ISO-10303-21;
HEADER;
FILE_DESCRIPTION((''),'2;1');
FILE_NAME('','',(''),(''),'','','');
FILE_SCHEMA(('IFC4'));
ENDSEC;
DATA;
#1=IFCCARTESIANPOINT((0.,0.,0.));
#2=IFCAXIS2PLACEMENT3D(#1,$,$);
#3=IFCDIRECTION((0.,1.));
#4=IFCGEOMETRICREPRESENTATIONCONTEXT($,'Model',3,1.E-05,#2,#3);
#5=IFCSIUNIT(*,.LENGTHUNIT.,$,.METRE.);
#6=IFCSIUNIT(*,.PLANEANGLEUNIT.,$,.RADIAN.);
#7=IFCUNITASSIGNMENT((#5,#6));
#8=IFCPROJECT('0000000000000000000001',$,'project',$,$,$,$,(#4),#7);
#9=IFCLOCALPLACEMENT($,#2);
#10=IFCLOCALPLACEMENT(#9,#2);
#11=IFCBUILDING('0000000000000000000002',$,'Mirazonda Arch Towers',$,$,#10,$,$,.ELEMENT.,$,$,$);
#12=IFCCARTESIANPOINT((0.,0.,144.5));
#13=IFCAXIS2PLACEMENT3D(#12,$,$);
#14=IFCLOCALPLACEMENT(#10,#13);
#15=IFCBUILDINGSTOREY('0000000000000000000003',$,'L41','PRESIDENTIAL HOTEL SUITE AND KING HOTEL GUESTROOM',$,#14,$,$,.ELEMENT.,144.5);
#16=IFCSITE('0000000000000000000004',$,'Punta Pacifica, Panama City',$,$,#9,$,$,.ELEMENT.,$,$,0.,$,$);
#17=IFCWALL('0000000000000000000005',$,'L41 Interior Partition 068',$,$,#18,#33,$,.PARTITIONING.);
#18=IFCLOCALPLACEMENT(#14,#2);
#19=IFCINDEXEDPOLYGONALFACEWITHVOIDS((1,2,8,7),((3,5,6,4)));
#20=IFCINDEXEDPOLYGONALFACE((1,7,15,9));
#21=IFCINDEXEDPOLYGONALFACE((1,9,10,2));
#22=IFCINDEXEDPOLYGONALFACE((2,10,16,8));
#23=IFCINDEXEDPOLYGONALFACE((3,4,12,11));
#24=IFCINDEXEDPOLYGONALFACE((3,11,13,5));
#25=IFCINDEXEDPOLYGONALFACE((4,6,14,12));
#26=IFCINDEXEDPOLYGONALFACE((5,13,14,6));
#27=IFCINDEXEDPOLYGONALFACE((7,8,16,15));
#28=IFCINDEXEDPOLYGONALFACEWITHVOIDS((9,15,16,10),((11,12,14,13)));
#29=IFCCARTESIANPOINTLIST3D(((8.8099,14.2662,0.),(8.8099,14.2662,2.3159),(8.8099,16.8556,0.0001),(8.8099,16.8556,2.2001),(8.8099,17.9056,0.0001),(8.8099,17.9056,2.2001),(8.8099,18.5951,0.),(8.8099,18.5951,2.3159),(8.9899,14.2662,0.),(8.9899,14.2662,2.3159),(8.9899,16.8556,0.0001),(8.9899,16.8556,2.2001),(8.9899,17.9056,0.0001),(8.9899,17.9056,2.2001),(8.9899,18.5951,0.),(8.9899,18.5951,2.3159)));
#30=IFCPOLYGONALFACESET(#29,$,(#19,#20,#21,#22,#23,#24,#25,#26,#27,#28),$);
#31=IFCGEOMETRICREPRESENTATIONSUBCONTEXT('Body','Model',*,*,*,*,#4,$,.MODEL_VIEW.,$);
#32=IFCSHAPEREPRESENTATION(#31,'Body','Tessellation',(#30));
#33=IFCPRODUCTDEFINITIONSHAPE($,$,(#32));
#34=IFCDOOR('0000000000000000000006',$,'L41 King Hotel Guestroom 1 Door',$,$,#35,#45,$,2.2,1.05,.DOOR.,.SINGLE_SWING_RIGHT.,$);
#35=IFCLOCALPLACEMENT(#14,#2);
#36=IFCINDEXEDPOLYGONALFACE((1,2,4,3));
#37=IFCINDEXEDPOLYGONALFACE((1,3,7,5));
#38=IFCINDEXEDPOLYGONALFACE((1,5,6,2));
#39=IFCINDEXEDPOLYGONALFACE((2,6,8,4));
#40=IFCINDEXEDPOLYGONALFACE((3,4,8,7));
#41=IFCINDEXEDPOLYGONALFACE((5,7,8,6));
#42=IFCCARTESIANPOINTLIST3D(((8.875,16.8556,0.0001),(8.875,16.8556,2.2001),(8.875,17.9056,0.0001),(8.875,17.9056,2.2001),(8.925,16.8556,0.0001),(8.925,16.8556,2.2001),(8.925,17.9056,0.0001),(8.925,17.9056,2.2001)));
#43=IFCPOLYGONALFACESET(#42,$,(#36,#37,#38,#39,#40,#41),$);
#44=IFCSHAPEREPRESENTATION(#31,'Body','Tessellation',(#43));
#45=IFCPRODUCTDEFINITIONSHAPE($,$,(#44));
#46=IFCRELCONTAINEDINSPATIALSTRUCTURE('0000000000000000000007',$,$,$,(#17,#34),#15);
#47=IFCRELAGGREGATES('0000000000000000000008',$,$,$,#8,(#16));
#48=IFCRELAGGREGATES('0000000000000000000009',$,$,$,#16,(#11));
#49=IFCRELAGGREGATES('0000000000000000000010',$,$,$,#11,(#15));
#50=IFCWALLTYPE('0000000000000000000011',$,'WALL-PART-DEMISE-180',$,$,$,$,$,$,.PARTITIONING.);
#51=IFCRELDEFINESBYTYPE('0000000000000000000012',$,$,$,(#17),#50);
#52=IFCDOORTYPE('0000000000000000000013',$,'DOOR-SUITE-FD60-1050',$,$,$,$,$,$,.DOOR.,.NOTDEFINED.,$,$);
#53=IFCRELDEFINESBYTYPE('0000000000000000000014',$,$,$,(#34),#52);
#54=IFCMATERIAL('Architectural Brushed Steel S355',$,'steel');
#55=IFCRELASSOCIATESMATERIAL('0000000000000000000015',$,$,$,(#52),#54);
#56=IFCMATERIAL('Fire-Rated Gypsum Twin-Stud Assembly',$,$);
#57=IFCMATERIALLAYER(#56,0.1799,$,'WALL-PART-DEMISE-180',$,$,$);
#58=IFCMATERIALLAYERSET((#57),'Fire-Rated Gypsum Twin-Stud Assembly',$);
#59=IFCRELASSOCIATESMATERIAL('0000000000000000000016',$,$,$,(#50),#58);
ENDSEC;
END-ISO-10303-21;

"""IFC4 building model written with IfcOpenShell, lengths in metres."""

from ifc_helpers import new_model, si_unit, direction, frame, frame_2d, origin, place, context, subcontext, project, spatial, rectangle, extrude, material, layer, layer_set, type_object, element, fill, save


model = new_model("IFC4")

# Units and contexts
model_context = context("Model", 3, precision=1e-05, world=origin(), true_north=direction((0.0, 1.0)))
body_context = subcontext(model_context, "Body", "Model", "MODEL_VIEW")
ifc_project = project(units=[si_unit("LENGTHUNIT", "METRE"), si_unit("PLANEANGLEUNIT", "RADIAN")], contexts=[model_context])

# Site, building, storey
site_placement = place(None, origin())
site = spatial("IfcSite", under=ifc_project, at=site_placement, Name="Punta Pacifica, Panama City", CompositionType="ELEMENT", RefElevation=0.0)
building_placement = place(site_placement, origin())
building = spatial("IfcBuilding", under=site, at=building_placement, Name="Mirazonda Arch Towers", CompositionType="ELEMENT")
storey_placement = place(building_placement, frame((0.0, 0.0, 144.5)))
storey = spatial("IfcBuildingStorey", under=building, at=storey_placement, Name="L41", Description="PRESIDENTIAL HOTEL SUITE AND KING HOTEL GUESTROOM", CompositionType="ELEMENT", Elevation=144.5)

# Shared definitions
ifc_material_1 = material(Name="Architectural Brushed Steel S355", Category="steel")
door_type_1 = type_object("IfcDoorType", Name="DOOR-SUITE-FD60-1050", OperationType="NOTDEFINED", PredefinedType="DOOR", material=ifc_material_1)

# Shared definitions
ifc_material_2 = material(Name="Fire-Rated Gypsum Twin-Stud Assembly")
ifc_layer_1 = layer(ifc_material_2, 0.1799, Name="WALL-PART-DEMISE-180")
ifc_layer_set_1 = layer_set([ifc_layer_1], Name="Fire-Rated Gypsum Twin-Stud Assembly")
wall_type_1 = type_object("IfcWallType", Name="WALL-PART-DEMISE-180", PredefinedType="PARTITIONING", material=ifc_layer_set_1)

# Wall, opening, door
wall_1_placement = place(storey_placement, frame((8.8999, 14.2661, 0.0), z_axis=(0.0, 0.0, 1.0), x_axis=(0.0, 1.0, 0.0)))
wall_1 = element("IfcWall", 1, at=wall_1_placement, inside=storey, type_object=wall_type_1, Name="L41 Interior Partition 068", PredefinedType="PARTITIONING", context=body_context, shape_type="SweptSolid", body=[
    extrude(rectangle(XDim=4.3289, YDim=0.1799, at=frame_2d((2.1646, 0.0))), origin(), (0.0, 0.0, 1.0), 2.3159),
])
opening_1_placement = place(wall_1_placement, frame((2.5896, 0.0, 0.0)))
opening_1 = element("IfcOpeningElement", 2, at=opening_1_placement, cuts=wall_1, PredefinedType="OPENING", context=body_context, shape_type="SweptSolid", body=[
    extrude(rectangle(XDim=1.05, YDim=2.2, at=frame_2d((0.5249, 1.1001))), frame((0.0, 0.0999, 0.0), z_axis=(0.0, -1.0, 0.0), x_axis=(1.0, 0.0, 0.0)), (0.0, 0.0, 1.0), 0.2),
])
door_1_placement = place(opening_1_placement, origin())
door_1 = element("IfcDoor", 3, at=door_1_placement, inside=storey, type_object=door_type_1, Name="L41 King Hotel Guestroom 1 Door", OperationType="SINGLE_SWING_RIGHT", OverallHeight=2.2, OverallWidth=1.05, PredefinedType="DOOR", context=body_context, shape_type="SweptSolid", body=[
    extrude(rectangle(XDim=1.05, YDim=2.2, at=frame_2d((0.5249, 1.1001))), frame((0.0, 0.0249, 0.0), z_axis=(0.0, -1.0, 0.0), x_axis=(1.0, 0.0, 0.0)), (0.0, 0.0, 1.0), 0.05),
])
fill(opening_1, door_1)

save(model, "model.ifc")
